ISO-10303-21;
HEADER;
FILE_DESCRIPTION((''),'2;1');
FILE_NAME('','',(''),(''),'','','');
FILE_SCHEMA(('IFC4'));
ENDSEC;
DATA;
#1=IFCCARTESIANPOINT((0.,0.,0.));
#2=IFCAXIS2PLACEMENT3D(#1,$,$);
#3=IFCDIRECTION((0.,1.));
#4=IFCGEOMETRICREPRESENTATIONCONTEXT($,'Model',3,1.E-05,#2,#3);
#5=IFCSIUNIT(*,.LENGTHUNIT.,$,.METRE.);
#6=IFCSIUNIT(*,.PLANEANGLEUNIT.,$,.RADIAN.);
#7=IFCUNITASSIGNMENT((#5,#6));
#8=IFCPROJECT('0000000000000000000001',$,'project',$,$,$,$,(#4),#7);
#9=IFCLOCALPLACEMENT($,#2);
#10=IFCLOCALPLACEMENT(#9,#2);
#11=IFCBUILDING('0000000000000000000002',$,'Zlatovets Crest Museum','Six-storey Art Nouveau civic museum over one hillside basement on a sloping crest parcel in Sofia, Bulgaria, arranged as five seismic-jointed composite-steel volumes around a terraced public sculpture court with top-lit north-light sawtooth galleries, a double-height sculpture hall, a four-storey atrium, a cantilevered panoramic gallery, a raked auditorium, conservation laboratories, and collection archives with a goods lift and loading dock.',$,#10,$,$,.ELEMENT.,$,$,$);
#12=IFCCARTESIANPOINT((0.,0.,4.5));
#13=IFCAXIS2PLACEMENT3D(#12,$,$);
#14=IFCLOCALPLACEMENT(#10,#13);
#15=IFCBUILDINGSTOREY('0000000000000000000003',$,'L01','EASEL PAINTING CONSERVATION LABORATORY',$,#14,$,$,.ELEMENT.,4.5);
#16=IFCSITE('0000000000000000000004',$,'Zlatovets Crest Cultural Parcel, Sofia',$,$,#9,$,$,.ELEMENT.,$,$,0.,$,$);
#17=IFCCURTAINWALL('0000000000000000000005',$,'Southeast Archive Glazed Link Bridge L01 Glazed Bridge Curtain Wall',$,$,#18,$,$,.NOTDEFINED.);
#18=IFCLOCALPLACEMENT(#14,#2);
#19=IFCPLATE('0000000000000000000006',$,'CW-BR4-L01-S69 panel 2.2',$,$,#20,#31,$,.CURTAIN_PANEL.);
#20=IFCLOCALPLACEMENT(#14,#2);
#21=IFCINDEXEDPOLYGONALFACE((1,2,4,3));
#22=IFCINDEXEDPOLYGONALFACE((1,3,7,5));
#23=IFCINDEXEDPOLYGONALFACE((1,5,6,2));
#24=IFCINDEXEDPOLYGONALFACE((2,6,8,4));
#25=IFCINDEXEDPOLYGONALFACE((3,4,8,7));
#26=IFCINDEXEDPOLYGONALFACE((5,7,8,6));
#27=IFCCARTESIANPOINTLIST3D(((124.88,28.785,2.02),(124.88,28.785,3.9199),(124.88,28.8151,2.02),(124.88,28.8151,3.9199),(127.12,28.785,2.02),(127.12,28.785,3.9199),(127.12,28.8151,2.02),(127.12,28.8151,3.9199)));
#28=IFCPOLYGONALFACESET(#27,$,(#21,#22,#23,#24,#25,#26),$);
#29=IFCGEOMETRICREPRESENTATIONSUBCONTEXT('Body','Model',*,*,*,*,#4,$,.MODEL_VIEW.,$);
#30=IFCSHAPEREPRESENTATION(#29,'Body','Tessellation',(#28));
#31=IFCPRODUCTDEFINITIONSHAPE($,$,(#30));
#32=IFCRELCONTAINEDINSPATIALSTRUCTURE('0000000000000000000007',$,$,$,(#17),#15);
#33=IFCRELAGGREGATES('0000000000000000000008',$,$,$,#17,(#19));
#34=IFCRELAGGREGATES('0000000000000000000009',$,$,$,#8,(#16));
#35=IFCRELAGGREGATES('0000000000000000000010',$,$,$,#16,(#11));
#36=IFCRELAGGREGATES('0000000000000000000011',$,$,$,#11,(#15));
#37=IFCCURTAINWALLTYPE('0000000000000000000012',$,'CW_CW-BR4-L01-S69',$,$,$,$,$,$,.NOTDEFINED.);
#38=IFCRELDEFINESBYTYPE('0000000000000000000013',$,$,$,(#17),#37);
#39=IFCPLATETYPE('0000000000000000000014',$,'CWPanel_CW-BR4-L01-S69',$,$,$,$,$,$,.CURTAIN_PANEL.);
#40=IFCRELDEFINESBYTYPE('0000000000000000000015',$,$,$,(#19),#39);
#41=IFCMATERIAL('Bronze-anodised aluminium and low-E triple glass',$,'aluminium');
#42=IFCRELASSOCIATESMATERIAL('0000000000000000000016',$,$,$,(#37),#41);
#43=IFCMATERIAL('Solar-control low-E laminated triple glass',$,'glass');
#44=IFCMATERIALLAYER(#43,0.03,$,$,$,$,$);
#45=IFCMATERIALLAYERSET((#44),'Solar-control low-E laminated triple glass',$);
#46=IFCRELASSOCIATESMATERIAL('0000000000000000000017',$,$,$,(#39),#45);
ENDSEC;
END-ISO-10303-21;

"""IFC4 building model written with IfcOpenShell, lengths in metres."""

from ifc_helpers import new_model, si_unit, direction, frame, origin, origin_2d, place, context, subcontext, project, spatial, rectangle, extrude, material, layer, layer_set, type_object, element, aggregate, save


model = new_model("IFC4")

# Units and contexts
model_context = context("Model", 3, precision=1e-05, world=origin(), true_north=direction((0.0, 1.0)))
body_context = subcontext(model_context, "Body", "Model", "MODEL_VIEW")
ifc_project = project(units=[si_unit("LENGTHUNIT", "METRE"), si_unit("PLANEANGLEUNIT", "RADIAN")], contexts=[model_context])

# Site, building, storey
site_placement = place(None, origin())
site = spatial("IfcSite", under=ifc_project, at=site_placement, Name="Zlatovets Crest Cultural Parcel, Sofia", CompositionType="ELEMENT", RefElevation=0.0)
building_placement = place(site_placement, origin())
building = spatial("IfcBuilding", under=site, at=building_placement, Name="Zlatovets Crest Museum", Description="Six-storey Art Nouveau civic museum over one hillside basement on a sloping crest parcel in Sofia, Bulgaria, arranged as five seismic-jointed composite-steel volumes around a terraced public sculpture court with top-lit north-light sawtooth galleries, a double-height sculpture hall, a four-storey atrium, a cantilevered panoramic gallery, a raked auditorium, conservation laboratories, and collection archives with a goods lift and loading dock.", CompositionType="ELEMENT")
storey_placement = place(building_placement, frame((0.0, 0.0, 4.5)))
storey = spatial("IfcBuildingStorey", under=building, at=storey_placement, Name="L01", Description="EASEL PAINTING CONSERVATION LABORATORY", CompositionType="ELEMENT", Elevation=4.5)

# Curtain wall
ifc_material_1 = material(Name="Bronze-anodised aluminium and low-E triple glass", Category="aluminium")
curtain_wall_type = type_object("IfcCurtainWallType", Name="CW_CW-BR4-L01-S69", PredefinedType="NOTDEFINED", material=ifc_material_1)
curtain_wall_1_placement = place(storey_placement, origin())
curtain_wall_1 = element("IfcCurtainWall", 1, at=curtain_wall_1_placement, inside=storey, type_object=curtain_wall_type, Name="Southeast Archive Glazed Link Bridge L01 Glazed Bridge Curtain Wall", PredefinedType="NOTDEFINED")

# Shared definitions
ifc_material_2 = material(Name="Solar-control low-E laminated triple glass", Category="glass")
ifc_layer = layer(ifc_material_2, 0.03)
ifc_layer_set = layer_set([ifc_layer], Name="Solar-control low-E laminated triple glass")
plate_type = type_object("IfcPlateType", Name="CWPanel_CW-BR4-L01-S69", PredefinedType="CURTAIN_PANEL", material=ifc_layer_set)

# Plate
plate_1_placement = place(storey_placement, frame((126.0, 28.8, 2.02), z_axis=(0.0, 0.0, 1.0), x_axis=(1.0, 0.0, 0.0)))
plate_1 = element("IfcPlate", 2, at=plate_1_placement, type_object=plate_type, Name="CW-BR4-L01-S69 panel 2.2", PredefinedType="CURTAIN_PANEL", context=body_context, shape_type="SweptSolid", body=[
    extrude(rectangle(XDim=2.24, YDim=0.03, at=origin_2d()), origin(), (0.0, 0.0, 1.0), 1.8999),
])
aggregate(curtain_wall_1, [plate_1])

save(model, "model.ifc")
